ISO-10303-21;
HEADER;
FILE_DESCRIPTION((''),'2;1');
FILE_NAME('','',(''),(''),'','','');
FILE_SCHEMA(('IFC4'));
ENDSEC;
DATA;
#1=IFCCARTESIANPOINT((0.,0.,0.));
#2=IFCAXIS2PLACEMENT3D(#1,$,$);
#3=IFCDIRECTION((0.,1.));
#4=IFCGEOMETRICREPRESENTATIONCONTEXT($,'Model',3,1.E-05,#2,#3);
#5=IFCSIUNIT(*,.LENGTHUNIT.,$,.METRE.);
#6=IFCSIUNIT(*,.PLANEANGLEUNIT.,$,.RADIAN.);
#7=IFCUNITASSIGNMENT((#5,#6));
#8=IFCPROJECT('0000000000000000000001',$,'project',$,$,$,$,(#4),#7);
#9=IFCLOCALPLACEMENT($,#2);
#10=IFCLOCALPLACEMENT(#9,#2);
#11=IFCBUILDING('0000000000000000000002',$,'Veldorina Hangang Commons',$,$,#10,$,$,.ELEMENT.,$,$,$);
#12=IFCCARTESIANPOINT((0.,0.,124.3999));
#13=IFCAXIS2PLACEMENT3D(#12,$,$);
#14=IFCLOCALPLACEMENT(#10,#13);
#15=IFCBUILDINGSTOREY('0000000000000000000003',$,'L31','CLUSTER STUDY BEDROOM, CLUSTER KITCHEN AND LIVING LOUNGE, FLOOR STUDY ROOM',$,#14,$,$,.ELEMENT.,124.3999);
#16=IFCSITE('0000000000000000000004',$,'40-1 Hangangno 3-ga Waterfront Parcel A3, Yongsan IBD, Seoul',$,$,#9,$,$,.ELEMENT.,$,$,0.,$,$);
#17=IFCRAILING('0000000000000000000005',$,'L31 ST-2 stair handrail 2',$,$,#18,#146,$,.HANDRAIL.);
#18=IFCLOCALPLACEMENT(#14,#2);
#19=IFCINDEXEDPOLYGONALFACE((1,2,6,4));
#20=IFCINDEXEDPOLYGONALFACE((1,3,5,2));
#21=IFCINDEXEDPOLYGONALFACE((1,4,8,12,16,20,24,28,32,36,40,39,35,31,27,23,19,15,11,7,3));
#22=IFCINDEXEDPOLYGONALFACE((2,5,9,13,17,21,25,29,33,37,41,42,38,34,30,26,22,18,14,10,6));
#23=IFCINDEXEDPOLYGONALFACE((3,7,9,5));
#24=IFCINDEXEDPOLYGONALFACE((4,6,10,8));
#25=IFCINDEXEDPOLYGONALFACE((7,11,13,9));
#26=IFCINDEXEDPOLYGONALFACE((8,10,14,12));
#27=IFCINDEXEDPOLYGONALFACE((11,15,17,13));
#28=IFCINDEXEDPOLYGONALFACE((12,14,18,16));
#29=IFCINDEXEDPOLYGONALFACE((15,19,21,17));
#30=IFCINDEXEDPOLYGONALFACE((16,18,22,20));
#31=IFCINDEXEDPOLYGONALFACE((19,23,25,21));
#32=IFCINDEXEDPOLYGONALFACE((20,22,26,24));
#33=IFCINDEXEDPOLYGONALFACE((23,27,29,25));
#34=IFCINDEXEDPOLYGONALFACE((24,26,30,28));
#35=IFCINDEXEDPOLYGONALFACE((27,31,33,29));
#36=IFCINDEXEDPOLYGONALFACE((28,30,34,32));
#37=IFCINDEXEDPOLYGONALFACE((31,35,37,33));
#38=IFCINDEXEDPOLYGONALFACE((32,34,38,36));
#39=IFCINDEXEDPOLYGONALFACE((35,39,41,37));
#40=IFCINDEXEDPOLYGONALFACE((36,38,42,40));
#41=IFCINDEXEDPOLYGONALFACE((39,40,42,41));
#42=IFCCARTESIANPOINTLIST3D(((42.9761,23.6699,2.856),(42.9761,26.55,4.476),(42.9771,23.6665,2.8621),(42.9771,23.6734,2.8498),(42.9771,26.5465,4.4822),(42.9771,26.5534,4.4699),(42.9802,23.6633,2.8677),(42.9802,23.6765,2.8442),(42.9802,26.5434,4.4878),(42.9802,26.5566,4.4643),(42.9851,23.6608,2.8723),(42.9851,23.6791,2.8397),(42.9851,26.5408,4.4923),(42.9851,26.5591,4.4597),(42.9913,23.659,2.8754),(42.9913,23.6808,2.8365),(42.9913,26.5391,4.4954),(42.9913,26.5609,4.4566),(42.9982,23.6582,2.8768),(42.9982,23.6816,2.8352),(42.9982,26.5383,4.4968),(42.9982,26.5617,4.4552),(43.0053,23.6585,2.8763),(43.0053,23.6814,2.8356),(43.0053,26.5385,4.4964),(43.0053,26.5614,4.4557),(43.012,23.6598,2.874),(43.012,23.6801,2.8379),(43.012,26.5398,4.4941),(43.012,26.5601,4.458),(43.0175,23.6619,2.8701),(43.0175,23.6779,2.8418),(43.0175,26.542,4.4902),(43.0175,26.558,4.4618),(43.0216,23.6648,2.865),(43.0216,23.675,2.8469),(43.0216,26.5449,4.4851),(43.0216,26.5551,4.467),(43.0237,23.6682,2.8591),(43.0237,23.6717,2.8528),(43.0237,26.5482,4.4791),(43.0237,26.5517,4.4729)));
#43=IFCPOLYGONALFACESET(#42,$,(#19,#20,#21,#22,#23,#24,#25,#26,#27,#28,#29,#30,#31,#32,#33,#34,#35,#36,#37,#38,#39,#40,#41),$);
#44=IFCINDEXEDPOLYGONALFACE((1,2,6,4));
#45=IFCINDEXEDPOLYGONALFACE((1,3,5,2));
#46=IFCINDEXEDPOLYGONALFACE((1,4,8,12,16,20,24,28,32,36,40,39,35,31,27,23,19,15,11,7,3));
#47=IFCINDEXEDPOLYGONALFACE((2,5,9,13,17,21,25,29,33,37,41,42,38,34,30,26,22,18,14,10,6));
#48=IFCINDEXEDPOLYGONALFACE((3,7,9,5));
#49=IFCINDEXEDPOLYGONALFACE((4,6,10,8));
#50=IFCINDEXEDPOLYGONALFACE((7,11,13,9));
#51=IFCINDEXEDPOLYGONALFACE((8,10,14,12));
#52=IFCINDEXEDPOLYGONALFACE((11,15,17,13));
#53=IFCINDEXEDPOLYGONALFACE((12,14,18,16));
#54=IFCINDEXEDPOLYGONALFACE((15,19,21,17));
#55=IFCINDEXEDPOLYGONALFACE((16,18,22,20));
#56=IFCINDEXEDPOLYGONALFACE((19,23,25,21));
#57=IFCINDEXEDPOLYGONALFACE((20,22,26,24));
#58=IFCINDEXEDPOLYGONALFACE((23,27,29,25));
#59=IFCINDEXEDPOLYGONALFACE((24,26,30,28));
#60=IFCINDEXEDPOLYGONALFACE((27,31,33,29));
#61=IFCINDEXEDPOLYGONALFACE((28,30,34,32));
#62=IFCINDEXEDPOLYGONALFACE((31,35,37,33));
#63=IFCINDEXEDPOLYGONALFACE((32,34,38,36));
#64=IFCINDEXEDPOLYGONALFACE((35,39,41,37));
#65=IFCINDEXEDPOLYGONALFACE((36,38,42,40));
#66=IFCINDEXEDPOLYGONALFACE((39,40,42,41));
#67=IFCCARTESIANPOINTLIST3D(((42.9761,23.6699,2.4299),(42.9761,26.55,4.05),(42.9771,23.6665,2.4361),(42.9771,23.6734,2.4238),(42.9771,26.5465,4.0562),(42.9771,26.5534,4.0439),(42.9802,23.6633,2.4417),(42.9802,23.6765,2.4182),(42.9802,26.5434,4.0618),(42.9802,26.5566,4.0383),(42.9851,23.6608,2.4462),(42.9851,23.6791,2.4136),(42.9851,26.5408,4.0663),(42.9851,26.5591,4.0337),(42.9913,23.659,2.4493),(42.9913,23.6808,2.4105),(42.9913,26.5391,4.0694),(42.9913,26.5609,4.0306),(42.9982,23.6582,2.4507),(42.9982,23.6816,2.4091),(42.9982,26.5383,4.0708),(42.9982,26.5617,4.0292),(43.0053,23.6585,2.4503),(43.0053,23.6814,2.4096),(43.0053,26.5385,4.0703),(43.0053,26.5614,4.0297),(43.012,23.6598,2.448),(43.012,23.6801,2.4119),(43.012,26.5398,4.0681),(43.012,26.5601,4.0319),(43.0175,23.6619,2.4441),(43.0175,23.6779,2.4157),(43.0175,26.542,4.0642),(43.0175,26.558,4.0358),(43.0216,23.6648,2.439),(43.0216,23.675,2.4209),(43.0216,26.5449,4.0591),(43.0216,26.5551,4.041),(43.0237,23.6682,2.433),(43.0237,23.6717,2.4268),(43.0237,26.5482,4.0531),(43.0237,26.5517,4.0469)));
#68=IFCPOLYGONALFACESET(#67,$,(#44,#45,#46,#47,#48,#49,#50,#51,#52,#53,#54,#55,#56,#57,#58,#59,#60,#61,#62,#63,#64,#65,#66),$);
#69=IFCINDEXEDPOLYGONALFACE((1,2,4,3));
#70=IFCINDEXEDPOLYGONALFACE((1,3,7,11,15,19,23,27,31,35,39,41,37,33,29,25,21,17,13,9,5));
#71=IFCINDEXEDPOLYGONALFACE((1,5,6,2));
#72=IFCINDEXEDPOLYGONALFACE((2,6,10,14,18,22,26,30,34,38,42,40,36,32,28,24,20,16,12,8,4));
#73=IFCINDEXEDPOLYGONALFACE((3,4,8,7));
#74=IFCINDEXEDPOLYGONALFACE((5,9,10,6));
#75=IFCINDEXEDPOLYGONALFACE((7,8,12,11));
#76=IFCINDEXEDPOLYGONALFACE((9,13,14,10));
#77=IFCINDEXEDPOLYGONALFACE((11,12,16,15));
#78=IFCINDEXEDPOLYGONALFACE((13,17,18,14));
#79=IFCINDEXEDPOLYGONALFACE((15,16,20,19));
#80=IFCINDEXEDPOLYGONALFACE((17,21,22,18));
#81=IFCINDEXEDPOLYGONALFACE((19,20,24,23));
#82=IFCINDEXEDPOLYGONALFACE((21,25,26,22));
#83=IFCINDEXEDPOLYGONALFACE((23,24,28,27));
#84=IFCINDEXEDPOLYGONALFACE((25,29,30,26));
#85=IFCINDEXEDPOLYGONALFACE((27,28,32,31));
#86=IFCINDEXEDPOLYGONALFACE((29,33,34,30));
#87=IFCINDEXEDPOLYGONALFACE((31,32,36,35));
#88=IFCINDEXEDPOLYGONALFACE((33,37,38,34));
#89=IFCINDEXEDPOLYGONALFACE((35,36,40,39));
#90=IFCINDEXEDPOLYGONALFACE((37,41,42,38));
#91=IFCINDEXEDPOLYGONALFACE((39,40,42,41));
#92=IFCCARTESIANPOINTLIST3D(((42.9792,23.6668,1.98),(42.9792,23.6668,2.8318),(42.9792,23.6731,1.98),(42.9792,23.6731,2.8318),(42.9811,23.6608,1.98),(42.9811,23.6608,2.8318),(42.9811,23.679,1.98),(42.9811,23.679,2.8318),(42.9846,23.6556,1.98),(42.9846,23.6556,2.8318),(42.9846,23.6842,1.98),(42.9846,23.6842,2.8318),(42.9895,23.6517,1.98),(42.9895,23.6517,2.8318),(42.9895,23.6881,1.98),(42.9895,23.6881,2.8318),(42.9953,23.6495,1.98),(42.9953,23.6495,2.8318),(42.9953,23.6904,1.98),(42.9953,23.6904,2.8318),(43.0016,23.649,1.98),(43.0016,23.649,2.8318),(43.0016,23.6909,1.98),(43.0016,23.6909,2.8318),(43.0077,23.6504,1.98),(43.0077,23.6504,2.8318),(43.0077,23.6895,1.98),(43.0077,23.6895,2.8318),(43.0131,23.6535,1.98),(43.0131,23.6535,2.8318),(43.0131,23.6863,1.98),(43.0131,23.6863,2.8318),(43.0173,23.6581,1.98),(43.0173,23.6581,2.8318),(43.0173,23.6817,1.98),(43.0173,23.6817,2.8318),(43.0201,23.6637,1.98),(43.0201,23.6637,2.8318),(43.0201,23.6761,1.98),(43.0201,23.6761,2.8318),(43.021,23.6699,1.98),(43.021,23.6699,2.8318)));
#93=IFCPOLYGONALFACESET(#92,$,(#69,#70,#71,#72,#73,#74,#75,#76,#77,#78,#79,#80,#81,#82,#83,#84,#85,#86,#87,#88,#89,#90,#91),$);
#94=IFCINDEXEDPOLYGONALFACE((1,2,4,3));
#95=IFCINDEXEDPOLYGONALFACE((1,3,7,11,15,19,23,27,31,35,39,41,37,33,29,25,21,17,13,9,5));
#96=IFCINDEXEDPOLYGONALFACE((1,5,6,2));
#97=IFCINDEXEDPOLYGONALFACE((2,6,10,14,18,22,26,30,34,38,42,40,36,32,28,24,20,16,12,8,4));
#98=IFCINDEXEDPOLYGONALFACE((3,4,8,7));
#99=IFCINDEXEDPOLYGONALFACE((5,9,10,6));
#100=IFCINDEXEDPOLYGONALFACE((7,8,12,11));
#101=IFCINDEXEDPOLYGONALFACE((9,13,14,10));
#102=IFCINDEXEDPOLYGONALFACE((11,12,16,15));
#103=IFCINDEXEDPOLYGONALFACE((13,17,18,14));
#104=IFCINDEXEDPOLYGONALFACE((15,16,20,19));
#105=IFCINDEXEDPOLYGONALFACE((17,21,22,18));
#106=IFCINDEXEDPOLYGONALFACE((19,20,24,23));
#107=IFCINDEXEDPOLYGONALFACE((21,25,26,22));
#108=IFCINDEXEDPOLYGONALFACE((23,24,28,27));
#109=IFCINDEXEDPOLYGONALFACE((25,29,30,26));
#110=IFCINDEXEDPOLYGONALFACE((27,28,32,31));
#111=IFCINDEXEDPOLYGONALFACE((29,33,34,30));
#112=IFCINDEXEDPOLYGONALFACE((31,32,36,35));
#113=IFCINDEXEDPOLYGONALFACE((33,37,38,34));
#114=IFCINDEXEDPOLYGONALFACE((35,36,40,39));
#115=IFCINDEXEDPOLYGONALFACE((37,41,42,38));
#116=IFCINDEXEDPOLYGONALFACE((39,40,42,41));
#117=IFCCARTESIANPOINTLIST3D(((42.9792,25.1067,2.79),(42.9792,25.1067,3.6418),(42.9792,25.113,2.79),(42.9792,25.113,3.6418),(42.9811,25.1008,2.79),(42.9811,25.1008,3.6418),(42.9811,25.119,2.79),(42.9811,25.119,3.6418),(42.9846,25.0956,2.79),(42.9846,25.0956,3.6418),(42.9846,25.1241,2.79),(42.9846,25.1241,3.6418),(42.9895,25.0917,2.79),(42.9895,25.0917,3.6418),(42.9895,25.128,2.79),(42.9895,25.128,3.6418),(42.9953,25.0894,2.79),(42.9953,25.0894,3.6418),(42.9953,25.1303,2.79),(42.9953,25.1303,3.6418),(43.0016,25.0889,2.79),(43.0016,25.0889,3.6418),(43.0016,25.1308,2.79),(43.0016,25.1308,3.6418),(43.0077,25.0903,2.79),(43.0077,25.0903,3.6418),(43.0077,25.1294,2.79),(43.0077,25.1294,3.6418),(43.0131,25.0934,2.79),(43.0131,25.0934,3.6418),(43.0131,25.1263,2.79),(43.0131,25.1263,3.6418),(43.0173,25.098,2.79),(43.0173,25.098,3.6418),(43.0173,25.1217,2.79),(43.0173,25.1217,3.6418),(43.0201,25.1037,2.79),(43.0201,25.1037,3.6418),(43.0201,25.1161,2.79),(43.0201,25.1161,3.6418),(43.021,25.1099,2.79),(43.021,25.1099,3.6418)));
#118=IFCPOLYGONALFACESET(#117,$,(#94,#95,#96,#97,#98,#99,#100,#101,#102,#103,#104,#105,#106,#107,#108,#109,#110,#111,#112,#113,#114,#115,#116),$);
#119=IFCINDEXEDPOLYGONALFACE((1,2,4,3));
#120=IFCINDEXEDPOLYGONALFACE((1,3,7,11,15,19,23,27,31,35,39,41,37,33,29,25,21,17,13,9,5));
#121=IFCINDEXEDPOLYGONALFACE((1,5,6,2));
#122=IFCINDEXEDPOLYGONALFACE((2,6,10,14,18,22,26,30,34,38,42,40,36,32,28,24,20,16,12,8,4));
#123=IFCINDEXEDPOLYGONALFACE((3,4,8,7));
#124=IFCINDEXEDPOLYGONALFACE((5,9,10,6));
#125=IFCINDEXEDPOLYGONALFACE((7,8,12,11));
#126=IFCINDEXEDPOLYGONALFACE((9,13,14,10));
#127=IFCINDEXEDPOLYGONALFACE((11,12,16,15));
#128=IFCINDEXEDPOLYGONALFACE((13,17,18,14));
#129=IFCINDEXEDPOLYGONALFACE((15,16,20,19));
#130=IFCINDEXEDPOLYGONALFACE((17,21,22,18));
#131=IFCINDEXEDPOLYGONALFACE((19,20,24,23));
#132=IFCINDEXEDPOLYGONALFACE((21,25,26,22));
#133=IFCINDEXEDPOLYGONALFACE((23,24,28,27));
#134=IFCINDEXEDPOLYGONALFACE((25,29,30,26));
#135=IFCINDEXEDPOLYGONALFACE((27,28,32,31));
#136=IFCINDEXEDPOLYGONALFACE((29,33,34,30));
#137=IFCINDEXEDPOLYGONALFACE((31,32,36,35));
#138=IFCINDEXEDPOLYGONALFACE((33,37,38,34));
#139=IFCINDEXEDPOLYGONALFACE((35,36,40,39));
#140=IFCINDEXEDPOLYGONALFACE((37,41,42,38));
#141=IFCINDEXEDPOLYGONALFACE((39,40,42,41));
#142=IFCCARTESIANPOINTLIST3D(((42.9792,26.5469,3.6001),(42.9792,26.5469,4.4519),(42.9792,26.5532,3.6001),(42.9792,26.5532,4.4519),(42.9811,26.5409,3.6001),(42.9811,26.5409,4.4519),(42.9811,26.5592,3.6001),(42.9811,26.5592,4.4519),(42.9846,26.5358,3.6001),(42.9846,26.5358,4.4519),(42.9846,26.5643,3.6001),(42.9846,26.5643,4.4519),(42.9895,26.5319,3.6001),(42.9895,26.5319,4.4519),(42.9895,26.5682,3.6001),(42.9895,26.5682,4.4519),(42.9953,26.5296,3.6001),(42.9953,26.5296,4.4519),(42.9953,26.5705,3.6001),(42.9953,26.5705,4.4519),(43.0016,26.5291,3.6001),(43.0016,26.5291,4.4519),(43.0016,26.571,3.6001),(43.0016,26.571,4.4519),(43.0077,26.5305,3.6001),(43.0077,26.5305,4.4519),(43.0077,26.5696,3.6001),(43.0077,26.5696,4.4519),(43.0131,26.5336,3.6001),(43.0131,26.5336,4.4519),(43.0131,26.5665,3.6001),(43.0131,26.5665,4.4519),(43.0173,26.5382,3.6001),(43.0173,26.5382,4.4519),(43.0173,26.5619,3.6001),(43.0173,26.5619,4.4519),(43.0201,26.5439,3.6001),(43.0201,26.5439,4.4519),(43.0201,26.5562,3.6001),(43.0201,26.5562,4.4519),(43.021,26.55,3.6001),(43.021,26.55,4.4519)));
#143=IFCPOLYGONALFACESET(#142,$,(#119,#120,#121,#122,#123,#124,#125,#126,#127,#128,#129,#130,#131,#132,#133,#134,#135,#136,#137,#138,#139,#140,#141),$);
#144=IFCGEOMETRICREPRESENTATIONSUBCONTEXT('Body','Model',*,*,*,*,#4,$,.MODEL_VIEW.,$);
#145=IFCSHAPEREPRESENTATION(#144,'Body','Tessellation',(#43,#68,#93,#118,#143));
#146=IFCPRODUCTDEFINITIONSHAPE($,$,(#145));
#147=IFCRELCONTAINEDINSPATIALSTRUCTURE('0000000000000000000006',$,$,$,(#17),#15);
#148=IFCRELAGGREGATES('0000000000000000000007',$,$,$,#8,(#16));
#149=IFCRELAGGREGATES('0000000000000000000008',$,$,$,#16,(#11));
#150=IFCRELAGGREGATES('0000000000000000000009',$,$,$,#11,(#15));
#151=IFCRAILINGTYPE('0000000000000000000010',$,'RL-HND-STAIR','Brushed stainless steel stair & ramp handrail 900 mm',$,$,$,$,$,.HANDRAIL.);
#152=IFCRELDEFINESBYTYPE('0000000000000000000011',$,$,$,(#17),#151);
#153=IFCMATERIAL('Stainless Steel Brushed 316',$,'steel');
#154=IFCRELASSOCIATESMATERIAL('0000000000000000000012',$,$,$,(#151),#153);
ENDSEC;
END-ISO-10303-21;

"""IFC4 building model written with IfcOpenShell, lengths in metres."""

from ifc_helpers import new_model, si_unit, direction, frame, origin, origin_2d, place, context, subcontext, project, spatial, circle, extrude, material, type_object, element, save


model = new_model("IFC4")

# Units and contexts
model_context = context("Model", 3, precision=1e-05, world=origin(), true_north=direction((0.0, 1.0)))
body_context = subcontext(model_context, "Body", "Model", "MODEL_VIEW")
ifc_project = project(units=[si_unit("LENGTHUNIT", "METRE"), si_unit("PLANEANGLEUNIT", "RADIAN")], contexts=[model_context])

# Site, building, storey
site_placement = place(None, origin())
site = spatial("IfcSite", under=ifc_project, at=site_placement, Name="40-1 Hangangno 3-ga Waterfront Parcel A3, Yongsan IBD, Seoul", CompositionType="ELEMENT", RefElevation=0.0)
building_placement = place(site_placement, origin())
building = spatial("IfcBuilding", under=site, at=building_placement, Name="Veldorina Hangang Commons", CompositionType="ELEMENT")
storey_placement = place(building_placement, frame((0.0, 0.0, 124.3999)))
storey = spatial("IfcBuildingStorey", under=building, at=storey_placement, Name="L31", Description="CLUSTER STUDY BEDROOM, CLUSTER KITCHEN AND LIVING LOUNGE, FLOOR STUDY ROOM", CompositionType="ELEMENT", Elevation=124.3999)

# Railing
ifc_material_1 = material(Name="Stainless Steel Brushed 316", Category="steel")
railing_type_1 = type_object("IfcRailingType", Name="RL-HND-STAIR", Description="Brushed stainless steel stair & ramp handrail 900 mm", PredefinedType="HANDRAIL", material=ifc_material_1)
railing_1_placement = place(storey_placement, frame((43.0, 23.6699, 1.98)))
element("IfcRailing", 1, at=railing_1_placement, inside=storey, type_object=railing_type_1, Name="L31 ST-2 stair handrail 2", PredefinedType="HANDRAIL", context=body_context, shape_type="SweptSolid", body=[
    extrude(circle(Radius=0.0239, at=origin_2d()), frame((0.0, 0.0, 0.876), z_axis=(0.0, 0.87157, 0.490272), x_axis=(-1.0, 0.0, 0.0)), (0.0, 0.0, 1.0), 3.3044),
    extrude(circle(Radius=0.0239, at=origin_2d()), frame((0.0, 0.0, 0.45), z_axis=(0.0, 0.87157, 0.490272), x_axis=(-1.0, 0.0, 0.0)), (0.0, 0.0, 1.0), 3.3044),
    extrude(circle(Radius=0.021, at=origin_2d()), origin(), (0.0, 0.0, 1.0), 0.8518),
    extrude(circle(Radius=0.021, at=origin_2d()), frame((0.0, 1.4399, 0.8101)), (0.0, 0.0, 1.0), 0.8518),
    extrude(circle(Radius=0.021, at=origin_2d()), frame((0.0, 2.8801, 1.6201)), (0.0, 0.0, 1.0), 0.8518),
])

save(model, "model.ifc")
